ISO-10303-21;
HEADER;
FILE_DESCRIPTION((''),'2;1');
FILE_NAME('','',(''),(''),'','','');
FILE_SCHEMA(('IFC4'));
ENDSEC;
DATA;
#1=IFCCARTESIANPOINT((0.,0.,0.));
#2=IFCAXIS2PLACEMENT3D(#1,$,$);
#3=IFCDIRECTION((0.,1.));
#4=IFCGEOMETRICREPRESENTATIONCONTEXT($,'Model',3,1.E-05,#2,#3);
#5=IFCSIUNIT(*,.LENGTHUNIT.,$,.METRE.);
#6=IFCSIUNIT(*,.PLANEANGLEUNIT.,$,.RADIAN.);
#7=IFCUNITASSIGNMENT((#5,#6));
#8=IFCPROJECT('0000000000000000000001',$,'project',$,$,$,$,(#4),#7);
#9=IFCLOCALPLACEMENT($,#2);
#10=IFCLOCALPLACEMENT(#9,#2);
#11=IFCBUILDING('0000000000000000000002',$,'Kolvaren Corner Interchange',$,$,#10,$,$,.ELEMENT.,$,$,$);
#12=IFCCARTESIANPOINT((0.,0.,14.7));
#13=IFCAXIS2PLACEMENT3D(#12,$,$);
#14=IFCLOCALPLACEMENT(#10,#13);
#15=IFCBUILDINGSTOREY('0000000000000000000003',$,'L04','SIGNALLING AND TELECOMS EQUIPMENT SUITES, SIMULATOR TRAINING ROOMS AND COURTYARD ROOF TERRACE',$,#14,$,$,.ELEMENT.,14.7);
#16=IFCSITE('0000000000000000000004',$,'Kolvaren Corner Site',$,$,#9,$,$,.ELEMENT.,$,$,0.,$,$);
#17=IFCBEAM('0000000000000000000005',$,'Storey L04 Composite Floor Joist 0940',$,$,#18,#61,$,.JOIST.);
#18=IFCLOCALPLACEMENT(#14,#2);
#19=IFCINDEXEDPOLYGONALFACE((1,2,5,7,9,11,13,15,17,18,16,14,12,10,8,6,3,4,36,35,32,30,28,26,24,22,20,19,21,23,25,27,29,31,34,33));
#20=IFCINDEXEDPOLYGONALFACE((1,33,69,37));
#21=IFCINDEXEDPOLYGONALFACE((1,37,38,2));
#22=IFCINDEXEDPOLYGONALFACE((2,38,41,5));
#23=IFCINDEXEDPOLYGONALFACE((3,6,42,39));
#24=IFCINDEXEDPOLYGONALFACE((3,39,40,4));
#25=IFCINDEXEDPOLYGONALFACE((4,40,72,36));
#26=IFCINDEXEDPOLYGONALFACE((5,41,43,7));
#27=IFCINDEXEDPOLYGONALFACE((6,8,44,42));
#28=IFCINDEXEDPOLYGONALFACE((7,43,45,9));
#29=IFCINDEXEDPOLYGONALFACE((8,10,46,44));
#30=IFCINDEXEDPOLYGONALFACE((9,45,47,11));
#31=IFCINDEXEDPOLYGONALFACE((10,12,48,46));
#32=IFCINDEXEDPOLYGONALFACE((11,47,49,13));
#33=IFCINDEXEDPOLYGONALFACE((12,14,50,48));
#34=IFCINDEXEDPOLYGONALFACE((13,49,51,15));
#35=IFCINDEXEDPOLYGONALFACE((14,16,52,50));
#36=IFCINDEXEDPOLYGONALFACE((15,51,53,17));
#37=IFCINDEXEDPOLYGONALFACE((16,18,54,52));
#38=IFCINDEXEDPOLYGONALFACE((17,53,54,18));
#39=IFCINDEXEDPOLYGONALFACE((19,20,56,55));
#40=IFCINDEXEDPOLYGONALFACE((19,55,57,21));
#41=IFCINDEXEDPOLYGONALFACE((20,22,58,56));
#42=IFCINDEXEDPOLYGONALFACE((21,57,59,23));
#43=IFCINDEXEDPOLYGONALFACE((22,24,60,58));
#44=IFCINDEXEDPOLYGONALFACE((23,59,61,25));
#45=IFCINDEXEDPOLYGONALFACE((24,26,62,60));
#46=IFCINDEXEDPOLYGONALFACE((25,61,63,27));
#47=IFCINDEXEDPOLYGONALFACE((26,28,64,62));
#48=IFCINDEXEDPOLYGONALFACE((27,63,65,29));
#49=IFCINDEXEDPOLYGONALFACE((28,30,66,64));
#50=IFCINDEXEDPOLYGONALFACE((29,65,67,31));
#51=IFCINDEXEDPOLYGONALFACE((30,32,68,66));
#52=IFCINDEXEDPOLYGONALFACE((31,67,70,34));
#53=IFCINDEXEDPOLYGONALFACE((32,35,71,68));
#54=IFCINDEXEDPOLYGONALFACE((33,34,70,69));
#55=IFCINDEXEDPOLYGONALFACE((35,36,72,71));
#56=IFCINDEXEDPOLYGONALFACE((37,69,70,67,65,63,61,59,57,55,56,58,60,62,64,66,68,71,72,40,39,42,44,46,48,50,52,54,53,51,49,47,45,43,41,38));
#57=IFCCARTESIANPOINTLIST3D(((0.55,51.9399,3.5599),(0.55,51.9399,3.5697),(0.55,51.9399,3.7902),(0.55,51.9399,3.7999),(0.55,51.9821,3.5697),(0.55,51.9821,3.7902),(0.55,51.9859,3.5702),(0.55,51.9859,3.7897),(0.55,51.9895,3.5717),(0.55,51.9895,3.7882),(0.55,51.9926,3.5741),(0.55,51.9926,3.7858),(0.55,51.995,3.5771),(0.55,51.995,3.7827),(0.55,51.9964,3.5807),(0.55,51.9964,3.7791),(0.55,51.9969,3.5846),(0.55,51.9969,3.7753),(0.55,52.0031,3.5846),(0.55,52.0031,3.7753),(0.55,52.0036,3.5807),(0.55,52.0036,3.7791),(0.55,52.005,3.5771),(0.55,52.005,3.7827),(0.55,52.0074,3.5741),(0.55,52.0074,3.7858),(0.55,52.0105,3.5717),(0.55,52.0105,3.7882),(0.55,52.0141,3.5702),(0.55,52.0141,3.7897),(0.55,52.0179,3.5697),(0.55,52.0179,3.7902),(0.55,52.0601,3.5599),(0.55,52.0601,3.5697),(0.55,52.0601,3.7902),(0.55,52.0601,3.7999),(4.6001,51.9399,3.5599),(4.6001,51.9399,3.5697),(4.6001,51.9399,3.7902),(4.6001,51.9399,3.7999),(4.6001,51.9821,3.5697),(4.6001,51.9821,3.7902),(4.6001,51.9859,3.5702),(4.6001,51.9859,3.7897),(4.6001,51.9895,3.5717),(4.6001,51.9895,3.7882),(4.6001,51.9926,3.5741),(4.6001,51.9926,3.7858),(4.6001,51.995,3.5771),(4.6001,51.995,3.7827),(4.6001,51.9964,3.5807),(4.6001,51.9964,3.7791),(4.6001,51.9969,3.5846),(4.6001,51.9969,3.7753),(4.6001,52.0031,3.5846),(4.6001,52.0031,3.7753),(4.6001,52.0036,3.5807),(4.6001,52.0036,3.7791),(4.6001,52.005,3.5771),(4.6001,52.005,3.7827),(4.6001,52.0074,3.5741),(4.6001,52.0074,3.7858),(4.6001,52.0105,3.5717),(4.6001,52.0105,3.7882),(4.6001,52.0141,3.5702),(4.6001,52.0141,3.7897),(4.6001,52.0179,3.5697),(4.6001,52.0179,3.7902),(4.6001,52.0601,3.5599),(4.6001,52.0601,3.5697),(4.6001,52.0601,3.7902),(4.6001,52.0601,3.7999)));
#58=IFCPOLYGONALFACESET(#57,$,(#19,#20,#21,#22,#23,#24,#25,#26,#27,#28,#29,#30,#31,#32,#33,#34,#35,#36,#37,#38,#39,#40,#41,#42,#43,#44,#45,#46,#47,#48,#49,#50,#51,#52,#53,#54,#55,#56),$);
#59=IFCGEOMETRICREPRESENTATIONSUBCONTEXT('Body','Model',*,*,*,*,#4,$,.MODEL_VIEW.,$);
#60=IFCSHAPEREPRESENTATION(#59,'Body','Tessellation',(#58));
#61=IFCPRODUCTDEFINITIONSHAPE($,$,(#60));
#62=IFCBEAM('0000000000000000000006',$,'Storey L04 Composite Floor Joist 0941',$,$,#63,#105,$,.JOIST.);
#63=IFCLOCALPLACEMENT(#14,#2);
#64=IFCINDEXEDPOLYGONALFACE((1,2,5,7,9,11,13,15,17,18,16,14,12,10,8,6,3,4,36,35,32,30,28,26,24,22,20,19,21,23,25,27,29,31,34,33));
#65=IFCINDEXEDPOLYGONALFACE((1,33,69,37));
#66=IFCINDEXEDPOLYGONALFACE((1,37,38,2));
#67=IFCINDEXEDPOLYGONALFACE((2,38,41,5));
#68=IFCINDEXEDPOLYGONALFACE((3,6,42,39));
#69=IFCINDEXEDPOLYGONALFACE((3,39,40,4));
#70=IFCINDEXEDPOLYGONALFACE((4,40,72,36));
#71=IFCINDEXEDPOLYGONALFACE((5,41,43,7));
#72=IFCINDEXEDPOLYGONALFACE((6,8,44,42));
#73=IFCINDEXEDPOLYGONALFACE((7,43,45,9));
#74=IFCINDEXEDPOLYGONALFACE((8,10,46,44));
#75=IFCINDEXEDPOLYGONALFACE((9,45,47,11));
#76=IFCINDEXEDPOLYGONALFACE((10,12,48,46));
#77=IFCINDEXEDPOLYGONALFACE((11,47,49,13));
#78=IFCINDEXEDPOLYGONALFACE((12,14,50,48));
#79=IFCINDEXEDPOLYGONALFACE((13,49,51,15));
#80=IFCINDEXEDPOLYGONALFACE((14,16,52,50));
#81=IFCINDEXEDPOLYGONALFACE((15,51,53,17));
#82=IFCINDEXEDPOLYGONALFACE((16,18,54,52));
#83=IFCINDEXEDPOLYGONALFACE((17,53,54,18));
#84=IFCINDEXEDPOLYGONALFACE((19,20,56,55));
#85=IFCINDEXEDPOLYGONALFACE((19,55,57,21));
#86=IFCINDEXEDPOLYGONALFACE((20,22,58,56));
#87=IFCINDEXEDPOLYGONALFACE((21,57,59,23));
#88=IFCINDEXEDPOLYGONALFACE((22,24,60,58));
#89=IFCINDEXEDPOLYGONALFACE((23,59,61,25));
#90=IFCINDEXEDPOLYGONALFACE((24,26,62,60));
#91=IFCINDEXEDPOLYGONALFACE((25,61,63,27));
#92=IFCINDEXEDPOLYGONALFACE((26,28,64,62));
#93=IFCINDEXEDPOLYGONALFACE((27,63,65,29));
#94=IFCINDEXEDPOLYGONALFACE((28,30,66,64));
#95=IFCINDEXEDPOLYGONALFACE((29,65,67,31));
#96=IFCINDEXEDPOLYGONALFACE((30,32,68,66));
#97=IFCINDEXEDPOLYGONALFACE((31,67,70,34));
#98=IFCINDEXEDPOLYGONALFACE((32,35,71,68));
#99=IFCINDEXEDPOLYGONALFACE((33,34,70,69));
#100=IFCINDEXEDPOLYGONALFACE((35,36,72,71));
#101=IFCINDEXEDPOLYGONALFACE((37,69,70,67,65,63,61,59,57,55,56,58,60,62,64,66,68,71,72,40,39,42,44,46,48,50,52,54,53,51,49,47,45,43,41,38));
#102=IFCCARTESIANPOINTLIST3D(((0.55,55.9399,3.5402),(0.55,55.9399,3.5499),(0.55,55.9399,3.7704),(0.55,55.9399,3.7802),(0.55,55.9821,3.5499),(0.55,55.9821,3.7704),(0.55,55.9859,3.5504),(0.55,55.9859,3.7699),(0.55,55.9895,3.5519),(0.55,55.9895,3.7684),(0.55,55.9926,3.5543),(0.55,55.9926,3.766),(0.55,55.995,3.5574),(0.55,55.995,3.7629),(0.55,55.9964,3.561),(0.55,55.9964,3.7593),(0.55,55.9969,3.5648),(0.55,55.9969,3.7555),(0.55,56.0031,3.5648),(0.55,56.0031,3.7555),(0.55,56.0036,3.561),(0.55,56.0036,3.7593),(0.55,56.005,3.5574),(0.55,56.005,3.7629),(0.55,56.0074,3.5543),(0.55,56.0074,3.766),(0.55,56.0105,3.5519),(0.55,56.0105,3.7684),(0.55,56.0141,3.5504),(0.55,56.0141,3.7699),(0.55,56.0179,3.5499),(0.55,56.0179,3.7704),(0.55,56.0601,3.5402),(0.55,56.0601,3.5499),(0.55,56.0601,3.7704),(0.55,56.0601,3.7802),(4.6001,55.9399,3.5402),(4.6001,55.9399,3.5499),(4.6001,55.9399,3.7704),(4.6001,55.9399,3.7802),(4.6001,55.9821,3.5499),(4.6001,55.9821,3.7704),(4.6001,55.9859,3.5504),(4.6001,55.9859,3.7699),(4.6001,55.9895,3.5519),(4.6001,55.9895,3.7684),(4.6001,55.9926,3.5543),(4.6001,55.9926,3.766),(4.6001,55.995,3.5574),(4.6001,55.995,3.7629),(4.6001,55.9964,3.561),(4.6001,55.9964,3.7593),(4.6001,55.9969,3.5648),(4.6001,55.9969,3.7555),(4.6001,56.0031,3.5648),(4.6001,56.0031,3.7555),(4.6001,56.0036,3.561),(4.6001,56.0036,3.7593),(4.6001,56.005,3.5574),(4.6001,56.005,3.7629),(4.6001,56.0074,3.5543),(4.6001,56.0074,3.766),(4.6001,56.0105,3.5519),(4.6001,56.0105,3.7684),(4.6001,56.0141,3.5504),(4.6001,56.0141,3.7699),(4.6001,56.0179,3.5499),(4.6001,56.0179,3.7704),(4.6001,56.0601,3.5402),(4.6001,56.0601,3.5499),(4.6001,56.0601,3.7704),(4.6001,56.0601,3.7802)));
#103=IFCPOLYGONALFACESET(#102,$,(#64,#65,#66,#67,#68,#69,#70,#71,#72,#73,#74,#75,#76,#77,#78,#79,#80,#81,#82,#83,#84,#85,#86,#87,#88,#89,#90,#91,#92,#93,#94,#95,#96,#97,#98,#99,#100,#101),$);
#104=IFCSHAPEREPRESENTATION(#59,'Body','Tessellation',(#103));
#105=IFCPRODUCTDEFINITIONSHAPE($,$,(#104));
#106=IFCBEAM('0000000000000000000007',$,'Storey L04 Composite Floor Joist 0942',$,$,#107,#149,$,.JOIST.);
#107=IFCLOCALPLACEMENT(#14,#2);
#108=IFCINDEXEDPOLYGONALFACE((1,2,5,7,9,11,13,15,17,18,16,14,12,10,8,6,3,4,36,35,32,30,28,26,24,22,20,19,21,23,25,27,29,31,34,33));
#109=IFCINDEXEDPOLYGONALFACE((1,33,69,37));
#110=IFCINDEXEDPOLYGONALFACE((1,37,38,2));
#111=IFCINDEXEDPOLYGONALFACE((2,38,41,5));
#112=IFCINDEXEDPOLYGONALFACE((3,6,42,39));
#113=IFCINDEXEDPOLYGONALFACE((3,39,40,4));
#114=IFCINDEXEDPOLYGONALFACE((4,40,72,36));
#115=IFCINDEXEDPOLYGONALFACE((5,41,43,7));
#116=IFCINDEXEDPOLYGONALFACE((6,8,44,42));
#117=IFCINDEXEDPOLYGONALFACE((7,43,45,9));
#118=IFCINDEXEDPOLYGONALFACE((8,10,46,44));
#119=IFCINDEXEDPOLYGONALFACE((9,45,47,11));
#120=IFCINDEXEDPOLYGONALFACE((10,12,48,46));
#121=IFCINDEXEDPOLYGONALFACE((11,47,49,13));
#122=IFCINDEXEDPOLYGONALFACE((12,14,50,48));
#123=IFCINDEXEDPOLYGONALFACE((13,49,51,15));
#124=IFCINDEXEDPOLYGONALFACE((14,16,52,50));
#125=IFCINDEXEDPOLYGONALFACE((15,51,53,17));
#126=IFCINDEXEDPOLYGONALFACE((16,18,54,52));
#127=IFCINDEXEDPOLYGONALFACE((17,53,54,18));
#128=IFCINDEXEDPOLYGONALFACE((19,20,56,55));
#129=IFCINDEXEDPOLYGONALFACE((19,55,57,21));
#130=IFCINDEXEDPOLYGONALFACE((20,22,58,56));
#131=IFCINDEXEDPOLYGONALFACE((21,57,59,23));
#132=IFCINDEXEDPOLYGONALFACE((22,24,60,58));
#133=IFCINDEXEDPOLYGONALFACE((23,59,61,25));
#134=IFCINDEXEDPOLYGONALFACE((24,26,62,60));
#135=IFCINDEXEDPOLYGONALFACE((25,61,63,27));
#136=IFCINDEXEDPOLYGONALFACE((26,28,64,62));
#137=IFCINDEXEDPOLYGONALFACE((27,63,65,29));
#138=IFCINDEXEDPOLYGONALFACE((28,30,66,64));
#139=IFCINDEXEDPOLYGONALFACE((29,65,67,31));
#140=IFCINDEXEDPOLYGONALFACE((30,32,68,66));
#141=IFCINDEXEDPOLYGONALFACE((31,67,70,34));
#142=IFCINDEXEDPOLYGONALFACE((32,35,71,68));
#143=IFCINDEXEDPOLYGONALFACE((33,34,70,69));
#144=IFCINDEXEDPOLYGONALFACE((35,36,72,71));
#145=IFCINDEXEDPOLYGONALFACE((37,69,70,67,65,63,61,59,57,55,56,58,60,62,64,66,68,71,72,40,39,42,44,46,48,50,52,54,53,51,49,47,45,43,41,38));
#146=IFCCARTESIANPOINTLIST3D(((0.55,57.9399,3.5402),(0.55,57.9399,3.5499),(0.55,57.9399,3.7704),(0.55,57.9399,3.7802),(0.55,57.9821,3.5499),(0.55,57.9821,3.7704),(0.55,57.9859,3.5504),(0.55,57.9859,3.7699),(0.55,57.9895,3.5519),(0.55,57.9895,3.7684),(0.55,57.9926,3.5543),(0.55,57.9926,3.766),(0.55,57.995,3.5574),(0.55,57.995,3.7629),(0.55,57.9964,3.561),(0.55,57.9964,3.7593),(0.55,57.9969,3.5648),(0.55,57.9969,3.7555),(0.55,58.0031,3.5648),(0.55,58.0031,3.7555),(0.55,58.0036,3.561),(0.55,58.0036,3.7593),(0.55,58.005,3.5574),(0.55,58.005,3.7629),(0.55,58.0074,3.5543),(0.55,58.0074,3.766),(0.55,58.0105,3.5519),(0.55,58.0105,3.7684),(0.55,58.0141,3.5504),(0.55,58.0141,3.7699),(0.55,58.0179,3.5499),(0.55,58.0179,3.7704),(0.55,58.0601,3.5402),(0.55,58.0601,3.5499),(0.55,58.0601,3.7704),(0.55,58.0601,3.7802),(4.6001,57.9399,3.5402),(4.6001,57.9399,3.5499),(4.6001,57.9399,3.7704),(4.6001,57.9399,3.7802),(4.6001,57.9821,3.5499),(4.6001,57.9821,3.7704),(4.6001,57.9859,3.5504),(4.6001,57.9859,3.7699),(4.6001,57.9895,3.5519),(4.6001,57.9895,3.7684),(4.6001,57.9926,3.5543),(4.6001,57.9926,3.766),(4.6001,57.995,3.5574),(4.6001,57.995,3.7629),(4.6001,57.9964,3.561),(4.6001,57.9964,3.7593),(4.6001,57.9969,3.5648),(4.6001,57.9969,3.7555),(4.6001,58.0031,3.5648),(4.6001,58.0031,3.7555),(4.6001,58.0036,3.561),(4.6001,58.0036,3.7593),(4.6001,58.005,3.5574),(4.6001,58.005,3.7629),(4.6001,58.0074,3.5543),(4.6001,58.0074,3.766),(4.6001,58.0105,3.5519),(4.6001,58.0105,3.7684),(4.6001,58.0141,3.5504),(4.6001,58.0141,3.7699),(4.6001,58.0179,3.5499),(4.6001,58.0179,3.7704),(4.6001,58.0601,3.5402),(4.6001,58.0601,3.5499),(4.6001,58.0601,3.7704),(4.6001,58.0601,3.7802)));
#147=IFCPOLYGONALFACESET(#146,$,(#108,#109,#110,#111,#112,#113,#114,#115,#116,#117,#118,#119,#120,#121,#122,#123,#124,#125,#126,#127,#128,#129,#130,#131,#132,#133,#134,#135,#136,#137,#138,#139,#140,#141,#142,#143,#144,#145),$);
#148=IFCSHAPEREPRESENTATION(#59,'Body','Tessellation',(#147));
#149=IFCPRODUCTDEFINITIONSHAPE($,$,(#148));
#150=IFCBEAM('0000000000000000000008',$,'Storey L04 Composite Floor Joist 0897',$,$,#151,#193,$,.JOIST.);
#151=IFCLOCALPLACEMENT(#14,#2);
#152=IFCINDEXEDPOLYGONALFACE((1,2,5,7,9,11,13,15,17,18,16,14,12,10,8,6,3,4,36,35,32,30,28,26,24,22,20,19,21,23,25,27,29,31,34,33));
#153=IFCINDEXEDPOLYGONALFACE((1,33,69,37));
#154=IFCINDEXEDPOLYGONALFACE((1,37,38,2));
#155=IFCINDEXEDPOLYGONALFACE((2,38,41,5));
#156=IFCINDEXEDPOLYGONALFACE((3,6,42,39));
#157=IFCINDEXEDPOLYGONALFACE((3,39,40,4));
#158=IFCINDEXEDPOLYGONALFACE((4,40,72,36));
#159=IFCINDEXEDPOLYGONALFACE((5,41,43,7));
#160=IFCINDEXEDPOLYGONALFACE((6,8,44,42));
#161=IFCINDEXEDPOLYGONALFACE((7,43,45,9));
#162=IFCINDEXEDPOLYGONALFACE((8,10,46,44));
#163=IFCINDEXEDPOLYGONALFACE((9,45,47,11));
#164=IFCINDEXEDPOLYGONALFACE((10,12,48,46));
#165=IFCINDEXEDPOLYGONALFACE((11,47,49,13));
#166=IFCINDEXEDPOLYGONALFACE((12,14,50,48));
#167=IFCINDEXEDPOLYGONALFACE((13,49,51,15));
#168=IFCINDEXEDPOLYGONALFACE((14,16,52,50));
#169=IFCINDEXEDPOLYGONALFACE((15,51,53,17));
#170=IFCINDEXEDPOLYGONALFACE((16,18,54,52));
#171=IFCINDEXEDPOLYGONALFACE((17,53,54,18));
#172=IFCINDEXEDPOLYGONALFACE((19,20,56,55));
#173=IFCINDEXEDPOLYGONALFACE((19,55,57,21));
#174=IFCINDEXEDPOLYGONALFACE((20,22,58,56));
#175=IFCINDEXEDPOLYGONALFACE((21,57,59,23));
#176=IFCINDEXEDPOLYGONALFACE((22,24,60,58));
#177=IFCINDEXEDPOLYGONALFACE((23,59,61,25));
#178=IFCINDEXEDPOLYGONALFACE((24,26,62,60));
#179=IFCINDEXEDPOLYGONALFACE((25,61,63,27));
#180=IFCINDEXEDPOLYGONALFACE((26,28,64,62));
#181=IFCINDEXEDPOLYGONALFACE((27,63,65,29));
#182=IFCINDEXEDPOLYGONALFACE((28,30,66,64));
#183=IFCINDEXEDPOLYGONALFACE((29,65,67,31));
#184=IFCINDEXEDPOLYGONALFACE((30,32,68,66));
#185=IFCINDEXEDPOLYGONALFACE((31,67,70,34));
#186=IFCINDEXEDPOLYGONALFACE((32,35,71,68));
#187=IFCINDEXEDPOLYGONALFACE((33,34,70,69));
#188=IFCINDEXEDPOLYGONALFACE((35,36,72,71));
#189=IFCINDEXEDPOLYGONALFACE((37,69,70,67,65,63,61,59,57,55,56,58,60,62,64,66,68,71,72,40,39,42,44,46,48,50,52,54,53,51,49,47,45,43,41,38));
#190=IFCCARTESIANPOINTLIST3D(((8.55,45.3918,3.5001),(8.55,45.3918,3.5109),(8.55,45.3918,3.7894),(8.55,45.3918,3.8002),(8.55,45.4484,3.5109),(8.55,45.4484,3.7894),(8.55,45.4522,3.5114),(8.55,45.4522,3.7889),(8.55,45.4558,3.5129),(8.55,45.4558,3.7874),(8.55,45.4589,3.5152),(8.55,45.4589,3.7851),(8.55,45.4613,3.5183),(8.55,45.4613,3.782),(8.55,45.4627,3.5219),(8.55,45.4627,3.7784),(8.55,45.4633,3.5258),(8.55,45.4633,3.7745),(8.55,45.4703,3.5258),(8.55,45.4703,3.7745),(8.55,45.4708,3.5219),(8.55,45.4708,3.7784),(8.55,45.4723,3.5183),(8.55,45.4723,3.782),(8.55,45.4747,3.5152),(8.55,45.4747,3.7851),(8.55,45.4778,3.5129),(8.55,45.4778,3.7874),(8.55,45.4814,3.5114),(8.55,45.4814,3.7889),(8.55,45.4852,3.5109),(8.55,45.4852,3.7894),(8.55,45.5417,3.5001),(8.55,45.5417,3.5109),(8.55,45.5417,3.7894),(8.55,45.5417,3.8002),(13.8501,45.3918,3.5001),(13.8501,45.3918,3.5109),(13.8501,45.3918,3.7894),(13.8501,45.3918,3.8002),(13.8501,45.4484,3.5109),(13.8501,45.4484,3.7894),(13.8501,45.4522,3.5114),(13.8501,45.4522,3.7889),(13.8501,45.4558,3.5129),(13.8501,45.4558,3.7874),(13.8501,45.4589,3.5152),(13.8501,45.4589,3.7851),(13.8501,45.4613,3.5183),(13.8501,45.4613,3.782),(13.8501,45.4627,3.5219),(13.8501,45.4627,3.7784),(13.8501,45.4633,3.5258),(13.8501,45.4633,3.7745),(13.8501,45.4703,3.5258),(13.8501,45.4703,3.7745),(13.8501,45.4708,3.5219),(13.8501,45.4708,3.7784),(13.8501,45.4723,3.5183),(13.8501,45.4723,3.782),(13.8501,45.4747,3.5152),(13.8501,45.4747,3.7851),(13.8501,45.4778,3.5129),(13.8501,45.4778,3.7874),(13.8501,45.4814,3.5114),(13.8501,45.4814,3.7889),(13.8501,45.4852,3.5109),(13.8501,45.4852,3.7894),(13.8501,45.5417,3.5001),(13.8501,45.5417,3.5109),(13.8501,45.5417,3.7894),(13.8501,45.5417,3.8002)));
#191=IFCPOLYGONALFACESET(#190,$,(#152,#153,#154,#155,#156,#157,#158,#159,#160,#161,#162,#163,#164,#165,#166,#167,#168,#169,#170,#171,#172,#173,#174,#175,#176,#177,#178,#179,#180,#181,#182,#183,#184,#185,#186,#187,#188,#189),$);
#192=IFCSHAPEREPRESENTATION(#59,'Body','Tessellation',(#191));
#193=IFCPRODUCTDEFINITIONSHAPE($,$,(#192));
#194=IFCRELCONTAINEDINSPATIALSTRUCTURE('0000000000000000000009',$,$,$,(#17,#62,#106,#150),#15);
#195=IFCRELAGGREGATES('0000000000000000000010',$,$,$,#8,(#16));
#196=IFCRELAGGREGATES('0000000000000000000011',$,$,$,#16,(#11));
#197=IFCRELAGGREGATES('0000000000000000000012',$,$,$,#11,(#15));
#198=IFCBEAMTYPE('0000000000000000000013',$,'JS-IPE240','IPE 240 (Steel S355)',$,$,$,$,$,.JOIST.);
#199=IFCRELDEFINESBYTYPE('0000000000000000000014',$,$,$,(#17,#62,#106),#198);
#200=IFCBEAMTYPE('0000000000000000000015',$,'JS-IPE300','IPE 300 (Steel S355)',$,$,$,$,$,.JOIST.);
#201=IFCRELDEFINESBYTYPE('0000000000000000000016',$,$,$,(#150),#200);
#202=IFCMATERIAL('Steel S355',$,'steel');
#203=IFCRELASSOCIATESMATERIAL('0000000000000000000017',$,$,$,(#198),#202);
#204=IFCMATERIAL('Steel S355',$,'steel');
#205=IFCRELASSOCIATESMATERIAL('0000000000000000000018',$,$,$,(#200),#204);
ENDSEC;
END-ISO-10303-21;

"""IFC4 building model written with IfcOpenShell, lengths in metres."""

from ifc_helpers import new_model, si_unit, direction, frame, origin, origin_2d, place, context, subcontext, project, spatial, i_section, extrude, material, material_profile, profile_set, type_object, element, save


model = new_model("IFC4")

# Units and contexts
model_context = context("Model", 3, precision=1e-05, world=origin(), true_north=direction((0.0, 1.0)))
body_context = subcontext(model_context, "Body", "Model", "MODEL_VIEW")
ifc_project = project(units=[si_unit("LENGTHUNIT", "METRE"), si_unit("PLANEANGLEUNIT", "RADIAN")], contexts=[model_context])

# Site, building, storey
site_placement = place(None, origin())
site = spatial("IfcSite", under=ifc_project, at=site_placement, Name="Kolvaren Corner Site", CompositionType="ELEMENT", RefElevation=0.0)
building_placement = place(site_placement, origin())
building = spatial("IfcBuilding", under=site, at=building_placement, Name="Kolvaren Corner Interchange", CompositionType="ELEMENT")
storey_placement = place(building_placement, frame((0.0, 0.0, 14.7)))
storey = spatial("IfcBuildingStorey", under=building, at=storey_placement, Name="L04", Description="SIGNALLING AND TELECOMS EQUIPMENT SUITES, SIMULATOR TRAINING ROOMS AND COURTYARD ROOF TERRACE", CompositionType="ELEMENT", Elevation=14.7)

# Beams
ifc_material_1 = material(Name="Steel S355", Category="steel")
ifc_material_profile_1 = material_profile(ifc_material_1, i_section(OverallWidth=0.1201, OverallDepth=0.24, WebThickness=0.0061, FlangeThickness=0.0098, FilletRadius=0.0149, at=origin_2d()), Name="IPE 240")
ifc_profile_set_1 = profile_set([ifc_material_profile_1], Name="Steel S355")
beam_type_1 = type_object("IfcBeamType", Name="JS-IPE240", Description="IPE 240 (Steel S355)", PredefinedType="JOIST", material=ifc_profile_set_1)
for number, where, z_axis, x_axis, name in (
    (1, (0.55, 52.0, 3.6799), (1.0, 0.0, 0.0), (0.0, 1.0, 0.0), "Storey L04 Composite Floor Joist 0940"),
    (2, (0.55, 56.0, 3.6602), (1.0, 0.0, 0.0), (0.0, 1.0, 0.0), "Storey L04 Composite Floor Joist 0941"),
    (3, (0.55, 58.0, 3.6602), (1.0, 0.0, 0.0), (0.0, 1.0, 0.0), "Storey L04 Composite Floor Joist 0942"),
):
    element("IfcBeam", number, at=place(storey_placement, frame(where, z_axis=z_axis, x_axis=x_axis)), inside=storey, type_object=beam_type_1, Name=name, PredefinedType="JOIST", context=body_context, shape_type="SweptSolid", body=[
        extrude(i_section(OverallWidth=0.1201, OverallDepth=0.24, WebThickness=0.0061, FlangeThickness=0.0098, FilletRadius=0.0149, at=origin_2d()), origin(), (0.0, 0.0, 1.0), 4.05),
    ])
ifc_material_2 = material(Name="Steel S355", Category="steel")
ifc_material_profile_2 = material_profile(ifc_material_2, i_section(OverallWidth=0.1499, OverallDepth=0.3, WebThickness=0.0071, FlangeThickness=0.0107, FilletRadius=0.0149, at=origin_2d()), Name="IPE 300")
ifc_profile_set_2 = profile_set([ifc_material_profile_2], Name="Steel S355")
beam_type_2 = type_object("IfcBeamType", Name="JS-IPE300", Description="IPE 300 (Steel S355)", PredefinedType="JOIST", material=ifc_profile_set_2)
beam_1_placement = place(storey_placement, frame((8.55, 45.4668, 3.6501), z_axis=(1.0, 0.0, 0.0), x_axis=(0.0, 1.0, 0.0)))
element("IfcBeam", 4, at=beam_1_placement, inside=storey, type_object=beam_type_2, Name="Storey L04 Composite Floor Joist 0897", PredefinedType="JOIST", context=body_context, shape_type="SweptSolid", body=[
    extrude(i_section(OverallWidth=0.1499, OverallDepth=0.3, WebThickness=0.0071, FlangeThickness=0.0107, FilletRadius=0.0149, at=origin_2d()), origin(), (0.0, 0.0, 1.0), 5.3),
])

save(model, "model.ifc")
